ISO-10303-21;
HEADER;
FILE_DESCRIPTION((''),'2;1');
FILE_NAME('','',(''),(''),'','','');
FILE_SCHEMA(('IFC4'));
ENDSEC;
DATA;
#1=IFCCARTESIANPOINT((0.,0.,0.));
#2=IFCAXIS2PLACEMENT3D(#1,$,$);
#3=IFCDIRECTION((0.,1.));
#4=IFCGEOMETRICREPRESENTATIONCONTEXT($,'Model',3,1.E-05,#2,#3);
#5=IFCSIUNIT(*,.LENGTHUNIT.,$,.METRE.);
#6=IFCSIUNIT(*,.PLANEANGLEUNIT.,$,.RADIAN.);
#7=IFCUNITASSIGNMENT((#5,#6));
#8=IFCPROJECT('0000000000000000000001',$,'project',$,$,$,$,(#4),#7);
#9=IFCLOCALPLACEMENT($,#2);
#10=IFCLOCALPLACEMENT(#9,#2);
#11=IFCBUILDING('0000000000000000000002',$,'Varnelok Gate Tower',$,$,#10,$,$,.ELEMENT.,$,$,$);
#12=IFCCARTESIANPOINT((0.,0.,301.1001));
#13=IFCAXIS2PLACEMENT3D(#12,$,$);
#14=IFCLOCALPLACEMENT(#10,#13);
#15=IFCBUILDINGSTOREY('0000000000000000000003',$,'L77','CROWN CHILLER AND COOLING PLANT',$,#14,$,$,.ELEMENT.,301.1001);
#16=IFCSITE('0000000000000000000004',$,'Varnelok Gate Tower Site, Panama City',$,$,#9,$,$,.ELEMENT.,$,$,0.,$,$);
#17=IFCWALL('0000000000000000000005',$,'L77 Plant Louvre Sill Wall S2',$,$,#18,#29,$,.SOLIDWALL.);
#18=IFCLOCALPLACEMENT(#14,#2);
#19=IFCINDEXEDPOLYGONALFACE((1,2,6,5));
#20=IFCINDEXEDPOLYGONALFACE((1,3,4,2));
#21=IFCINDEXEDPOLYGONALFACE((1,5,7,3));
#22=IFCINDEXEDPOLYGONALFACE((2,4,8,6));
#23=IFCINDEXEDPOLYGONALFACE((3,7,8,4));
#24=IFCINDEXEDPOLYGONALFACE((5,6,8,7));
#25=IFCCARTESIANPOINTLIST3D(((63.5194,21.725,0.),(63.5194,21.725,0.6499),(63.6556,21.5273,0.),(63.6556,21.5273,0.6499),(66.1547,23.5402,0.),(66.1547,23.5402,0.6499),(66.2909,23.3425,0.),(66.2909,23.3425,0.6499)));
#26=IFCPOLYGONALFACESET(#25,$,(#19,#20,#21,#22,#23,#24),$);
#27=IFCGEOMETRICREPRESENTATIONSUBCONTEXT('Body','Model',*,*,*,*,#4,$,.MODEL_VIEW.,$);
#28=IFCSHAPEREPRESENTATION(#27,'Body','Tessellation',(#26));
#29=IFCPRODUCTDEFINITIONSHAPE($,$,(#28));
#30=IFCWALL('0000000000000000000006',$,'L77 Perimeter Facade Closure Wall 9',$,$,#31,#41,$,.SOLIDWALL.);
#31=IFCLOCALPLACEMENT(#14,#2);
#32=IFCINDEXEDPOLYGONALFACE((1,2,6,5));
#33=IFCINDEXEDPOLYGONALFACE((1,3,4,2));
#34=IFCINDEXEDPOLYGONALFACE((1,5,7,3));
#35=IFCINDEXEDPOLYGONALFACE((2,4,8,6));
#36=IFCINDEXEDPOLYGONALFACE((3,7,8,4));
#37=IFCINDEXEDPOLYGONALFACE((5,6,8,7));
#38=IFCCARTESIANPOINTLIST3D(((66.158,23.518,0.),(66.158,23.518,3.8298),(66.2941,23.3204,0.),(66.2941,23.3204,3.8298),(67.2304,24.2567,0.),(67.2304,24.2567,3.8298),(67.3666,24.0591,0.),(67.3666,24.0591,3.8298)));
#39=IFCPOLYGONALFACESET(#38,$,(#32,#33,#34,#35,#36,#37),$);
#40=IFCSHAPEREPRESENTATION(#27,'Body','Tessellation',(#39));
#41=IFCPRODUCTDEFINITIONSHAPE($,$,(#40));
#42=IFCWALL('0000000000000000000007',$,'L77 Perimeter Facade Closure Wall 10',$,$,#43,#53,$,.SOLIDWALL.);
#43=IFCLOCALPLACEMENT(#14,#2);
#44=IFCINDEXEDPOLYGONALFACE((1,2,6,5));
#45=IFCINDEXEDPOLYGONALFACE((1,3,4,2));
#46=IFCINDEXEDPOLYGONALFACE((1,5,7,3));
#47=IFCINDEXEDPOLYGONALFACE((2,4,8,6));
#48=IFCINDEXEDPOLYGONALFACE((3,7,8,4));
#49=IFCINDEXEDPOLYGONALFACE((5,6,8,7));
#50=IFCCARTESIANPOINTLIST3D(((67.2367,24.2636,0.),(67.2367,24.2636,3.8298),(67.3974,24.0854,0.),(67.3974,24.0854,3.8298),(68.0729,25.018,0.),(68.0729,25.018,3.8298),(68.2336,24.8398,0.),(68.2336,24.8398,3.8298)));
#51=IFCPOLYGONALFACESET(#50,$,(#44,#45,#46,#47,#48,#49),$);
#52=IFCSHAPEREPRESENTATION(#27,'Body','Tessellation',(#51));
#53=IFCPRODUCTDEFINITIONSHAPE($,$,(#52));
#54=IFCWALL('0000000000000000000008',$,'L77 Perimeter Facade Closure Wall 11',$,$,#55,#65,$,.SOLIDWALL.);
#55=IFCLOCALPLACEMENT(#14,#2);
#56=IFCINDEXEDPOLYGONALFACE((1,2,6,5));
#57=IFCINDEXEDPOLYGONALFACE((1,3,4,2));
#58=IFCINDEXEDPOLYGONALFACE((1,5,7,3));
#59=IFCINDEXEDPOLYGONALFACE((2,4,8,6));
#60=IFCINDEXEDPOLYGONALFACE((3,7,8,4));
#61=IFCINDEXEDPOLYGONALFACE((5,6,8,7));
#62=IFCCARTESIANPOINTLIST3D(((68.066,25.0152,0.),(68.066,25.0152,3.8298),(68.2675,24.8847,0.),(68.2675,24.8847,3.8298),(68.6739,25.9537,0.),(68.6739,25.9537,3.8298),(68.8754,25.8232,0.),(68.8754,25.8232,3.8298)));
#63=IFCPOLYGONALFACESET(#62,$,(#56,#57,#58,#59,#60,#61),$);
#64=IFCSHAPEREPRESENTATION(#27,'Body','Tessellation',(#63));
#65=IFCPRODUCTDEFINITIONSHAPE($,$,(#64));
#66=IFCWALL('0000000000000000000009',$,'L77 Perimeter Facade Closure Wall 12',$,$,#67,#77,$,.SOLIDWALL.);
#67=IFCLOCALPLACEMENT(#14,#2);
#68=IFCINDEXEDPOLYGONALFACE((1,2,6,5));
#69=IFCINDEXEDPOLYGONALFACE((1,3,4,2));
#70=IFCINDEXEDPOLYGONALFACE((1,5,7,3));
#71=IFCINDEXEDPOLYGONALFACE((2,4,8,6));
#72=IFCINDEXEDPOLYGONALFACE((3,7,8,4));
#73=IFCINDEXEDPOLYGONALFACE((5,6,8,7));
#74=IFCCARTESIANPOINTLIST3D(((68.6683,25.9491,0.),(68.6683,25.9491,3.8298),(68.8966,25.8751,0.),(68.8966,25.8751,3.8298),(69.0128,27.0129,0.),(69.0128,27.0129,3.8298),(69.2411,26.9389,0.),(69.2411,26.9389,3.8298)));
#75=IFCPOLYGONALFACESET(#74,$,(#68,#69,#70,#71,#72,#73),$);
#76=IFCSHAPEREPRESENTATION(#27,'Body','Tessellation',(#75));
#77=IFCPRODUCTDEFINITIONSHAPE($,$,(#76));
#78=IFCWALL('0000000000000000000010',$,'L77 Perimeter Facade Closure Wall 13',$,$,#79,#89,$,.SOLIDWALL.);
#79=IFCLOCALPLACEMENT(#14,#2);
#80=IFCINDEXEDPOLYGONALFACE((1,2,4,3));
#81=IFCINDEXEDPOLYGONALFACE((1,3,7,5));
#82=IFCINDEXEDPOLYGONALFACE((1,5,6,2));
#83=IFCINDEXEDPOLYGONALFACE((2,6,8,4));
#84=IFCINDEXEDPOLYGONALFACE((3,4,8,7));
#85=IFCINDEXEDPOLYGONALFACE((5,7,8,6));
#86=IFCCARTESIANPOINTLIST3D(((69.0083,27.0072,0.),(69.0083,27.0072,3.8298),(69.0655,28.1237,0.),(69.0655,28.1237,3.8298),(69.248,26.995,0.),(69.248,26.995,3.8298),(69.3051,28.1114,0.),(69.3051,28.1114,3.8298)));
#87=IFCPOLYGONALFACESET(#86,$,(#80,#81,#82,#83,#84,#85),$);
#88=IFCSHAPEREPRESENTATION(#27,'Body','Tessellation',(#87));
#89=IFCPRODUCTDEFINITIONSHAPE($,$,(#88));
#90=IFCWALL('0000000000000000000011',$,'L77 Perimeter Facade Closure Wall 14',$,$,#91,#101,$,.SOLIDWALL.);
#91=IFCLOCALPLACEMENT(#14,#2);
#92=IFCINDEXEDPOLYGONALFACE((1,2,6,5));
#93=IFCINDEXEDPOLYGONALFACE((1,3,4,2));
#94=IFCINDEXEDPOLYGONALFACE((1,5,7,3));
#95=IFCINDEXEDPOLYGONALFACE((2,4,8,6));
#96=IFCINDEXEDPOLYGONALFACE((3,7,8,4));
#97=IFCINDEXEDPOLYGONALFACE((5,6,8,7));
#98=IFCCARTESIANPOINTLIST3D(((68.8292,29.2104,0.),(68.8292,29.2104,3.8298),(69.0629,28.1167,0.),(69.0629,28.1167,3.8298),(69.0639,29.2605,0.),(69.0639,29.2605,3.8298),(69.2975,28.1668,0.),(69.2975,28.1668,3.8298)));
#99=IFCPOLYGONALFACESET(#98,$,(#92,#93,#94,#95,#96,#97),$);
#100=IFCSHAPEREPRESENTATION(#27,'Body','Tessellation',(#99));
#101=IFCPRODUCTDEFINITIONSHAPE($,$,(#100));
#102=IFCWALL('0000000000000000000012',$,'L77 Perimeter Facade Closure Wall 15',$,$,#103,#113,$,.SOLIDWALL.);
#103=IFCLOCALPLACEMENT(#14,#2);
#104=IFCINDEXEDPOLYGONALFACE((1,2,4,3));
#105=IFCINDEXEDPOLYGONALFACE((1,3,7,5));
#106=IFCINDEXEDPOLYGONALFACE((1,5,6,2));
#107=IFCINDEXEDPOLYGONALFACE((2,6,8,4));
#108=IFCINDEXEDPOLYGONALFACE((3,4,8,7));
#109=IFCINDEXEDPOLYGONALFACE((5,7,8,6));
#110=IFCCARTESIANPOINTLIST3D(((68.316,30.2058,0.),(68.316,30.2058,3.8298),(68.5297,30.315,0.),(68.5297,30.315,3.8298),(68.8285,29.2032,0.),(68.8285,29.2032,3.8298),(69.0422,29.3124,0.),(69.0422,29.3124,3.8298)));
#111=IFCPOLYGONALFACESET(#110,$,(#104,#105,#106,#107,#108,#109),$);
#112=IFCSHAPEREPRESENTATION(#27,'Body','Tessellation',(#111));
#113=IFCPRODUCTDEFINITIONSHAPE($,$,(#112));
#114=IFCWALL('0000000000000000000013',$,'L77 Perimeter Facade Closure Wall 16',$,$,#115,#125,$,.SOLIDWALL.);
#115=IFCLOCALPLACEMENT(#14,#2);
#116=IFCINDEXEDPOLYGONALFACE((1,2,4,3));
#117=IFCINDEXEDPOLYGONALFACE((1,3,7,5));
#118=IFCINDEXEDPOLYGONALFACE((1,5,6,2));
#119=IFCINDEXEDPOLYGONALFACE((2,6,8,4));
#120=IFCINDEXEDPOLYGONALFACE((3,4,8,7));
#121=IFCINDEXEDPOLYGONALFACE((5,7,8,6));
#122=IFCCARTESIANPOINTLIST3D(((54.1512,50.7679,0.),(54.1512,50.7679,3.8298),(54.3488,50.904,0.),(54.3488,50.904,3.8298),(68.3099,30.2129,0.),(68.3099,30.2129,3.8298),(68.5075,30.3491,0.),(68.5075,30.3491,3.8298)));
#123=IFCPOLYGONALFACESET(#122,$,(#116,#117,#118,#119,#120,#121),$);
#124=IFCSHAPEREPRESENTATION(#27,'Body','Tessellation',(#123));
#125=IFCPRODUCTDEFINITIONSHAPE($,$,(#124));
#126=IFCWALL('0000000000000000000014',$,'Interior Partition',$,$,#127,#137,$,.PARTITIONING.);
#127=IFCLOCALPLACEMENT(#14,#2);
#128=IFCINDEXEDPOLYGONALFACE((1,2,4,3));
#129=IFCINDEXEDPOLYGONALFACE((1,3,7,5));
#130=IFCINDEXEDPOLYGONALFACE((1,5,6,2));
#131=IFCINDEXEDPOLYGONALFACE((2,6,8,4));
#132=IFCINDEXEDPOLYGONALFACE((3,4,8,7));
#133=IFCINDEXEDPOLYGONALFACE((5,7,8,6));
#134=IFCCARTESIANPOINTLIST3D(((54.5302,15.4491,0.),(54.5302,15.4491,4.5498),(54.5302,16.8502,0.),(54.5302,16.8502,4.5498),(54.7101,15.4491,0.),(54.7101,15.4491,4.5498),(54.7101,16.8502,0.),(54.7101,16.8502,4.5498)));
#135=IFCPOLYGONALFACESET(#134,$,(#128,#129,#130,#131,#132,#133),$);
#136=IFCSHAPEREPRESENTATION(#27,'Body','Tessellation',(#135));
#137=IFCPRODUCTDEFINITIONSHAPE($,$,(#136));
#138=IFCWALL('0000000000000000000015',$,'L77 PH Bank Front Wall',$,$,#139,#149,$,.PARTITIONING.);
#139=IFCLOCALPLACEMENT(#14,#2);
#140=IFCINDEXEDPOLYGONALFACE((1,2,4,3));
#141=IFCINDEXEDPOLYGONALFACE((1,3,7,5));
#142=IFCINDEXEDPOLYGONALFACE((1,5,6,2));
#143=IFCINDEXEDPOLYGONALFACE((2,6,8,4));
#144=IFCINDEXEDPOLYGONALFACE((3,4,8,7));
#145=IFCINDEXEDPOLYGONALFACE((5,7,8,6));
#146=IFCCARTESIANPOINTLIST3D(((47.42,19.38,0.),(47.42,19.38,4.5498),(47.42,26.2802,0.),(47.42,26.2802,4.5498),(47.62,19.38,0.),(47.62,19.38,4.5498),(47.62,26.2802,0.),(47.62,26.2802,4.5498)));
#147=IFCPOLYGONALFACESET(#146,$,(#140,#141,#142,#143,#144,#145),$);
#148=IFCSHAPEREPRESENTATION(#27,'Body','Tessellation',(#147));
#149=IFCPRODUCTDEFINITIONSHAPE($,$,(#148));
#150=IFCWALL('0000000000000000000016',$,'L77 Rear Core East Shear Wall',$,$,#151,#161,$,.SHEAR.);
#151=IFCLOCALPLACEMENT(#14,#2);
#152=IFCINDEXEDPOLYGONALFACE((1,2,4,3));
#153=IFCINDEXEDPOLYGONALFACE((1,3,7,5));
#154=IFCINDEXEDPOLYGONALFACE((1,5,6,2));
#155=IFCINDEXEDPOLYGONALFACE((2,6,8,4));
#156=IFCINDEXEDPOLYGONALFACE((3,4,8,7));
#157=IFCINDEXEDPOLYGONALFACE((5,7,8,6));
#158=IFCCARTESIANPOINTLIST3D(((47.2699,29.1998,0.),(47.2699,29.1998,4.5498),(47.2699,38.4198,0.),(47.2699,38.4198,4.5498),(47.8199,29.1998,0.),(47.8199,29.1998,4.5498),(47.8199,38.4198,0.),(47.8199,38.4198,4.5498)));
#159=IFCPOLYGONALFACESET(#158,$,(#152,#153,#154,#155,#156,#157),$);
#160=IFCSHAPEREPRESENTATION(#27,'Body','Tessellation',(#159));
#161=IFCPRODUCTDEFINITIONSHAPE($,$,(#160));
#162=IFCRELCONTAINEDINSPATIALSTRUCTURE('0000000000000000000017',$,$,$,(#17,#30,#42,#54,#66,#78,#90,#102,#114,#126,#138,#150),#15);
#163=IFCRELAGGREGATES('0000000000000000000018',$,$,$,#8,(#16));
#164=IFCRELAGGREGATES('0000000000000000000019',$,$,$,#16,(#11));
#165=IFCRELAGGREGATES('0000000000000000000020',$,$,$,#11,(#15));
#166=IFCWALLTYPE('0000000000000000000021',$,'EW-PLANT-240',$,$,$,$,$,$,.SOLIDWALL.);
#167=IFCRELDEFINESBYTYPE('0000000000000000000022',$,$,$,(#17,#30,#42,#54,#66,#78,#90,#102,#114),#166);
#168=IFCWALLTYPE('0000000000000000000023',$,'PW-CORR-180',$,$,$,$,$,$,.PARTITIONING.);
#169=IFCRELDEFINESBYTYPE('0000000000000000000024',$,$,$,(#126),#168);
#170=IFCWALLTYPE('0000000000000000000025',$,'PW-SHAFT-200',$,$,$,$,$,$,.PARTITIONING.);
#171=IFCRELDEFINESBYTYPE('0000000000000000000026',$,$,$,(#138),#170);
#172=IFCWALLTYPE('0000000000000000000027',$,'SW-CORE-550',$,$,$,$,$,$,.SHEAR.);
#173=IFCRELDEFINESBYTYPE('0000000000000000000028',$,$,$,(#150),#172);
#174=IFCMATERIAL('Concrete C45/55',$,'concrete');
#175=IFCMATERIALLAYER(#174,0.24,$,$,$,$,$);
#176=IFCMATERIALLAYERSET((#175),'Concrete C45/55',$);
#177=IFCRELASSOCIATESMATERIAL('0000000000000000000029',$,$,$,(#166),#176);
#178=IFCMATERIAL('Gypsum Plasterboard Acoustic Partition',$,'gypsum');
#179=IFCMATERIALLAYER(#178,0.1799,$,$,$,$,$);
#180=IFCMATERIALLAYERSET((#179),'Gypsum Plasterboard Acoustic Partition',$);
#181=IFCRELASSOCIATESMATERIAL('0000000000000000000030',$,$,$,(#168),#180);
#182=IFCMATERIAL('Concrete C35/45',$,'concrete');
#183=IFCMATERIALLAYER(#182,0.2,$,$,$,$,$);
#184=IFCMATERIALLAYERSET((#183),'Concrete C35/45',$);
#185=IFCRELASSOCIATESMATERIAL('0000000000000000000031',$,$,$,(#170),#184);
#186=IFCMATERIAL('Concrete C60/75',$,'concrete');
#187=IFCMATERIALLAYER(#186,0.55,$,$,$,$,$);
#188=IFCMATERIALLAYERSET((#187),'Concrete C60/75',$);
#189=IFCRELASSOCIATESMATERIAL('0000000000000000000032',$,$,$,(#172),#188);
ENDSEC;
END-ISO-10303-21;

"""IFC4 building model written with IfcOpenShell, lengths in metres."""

from ifc_helpers import new_model, si_unit, direction, frame, frame_2d, origin, place, context, subcontext, project, spatial, rectangle, extrude, material, layer, layer_set, type_object, element, save


model = new_model("IFC4")

# Units and contexts
model_context = context("Model", 3, precision=1e-05, world=origin(), true_north=direction((0.0, 1.0)))
body_context = subcontext(model_context, "Body", "Model", "MODEL_VIEW")
ifc_project = project(units=[si_unit("LENGTHUNIT", "METRE"), si_unit("PLANEANGLEUNIT", "RADIAN")], contexts=[model_context])

# Site, building, storey
site_placement = place(None, origin())
site = spatial("IfcSite", under=ifc_project, at=site_placement, Name="Varnelok Gate Tower Site, Panama City", CompositionType="ELEMENT", RefElevation=0.0)
building_placement = place(site_placement, origin())
building = spatial("IfcBuilding", under=site, at=building_placement, Name="Varnelok Gate Tower", CompositionType="ELEMENT")
storey_placement = place(building_placement, frame((0.0, 0.0, 301.1001)))
storey = spatial("IfcBuildingStorey", under=building, at=storey_placement, Name="L77", Description="CROWN CHILLER AND COOLING PLANT", CompositionType="ELEMENT", Elevation=301.1001)

# Walls
ifc_material_1 = material(Name="Concrete C45/55", Category="concrete")
ifc_layer_1 = layer(ifc_material_1, 0.24)
ifc_layer_set_1 = layer_set([ifc_layer_1], Name="Concrete C45/55")
wall_type_1 = type_object("IfcWallType", Name="EW-PLANT-240", PredefinedType="SOLIDWALL", material=ifc_layer_set_1)
wall_1_placement = place(storey_placement, frame((66.2229, 23.4414, 0.0), z_axis=(0.0, 0.0, 1.0), x_axis=(-0.823538, -0.56726, 0.0)))
element("IfcWall", 1, at=wall_1_placement, inside=storey, type_object=wall_type_1, Name="L77 Plant Louvre Sill Wall S2", PredefinedType="SOLIDWALL", context=body_context, shape_type="SweptSolid", body=[
    extrude(rectangle(XDim=3.2, YDim=0.24, at=frame_2d((1.6001, 0.0))), origin(), (0.0, 0.0, 1.0), 0.6499),
])
wall_2_placement = place(storey_placement, frame((66.2261, 23.4192, 0.0), z_axis=(0.0, 0.0, 1.0), x_axis=(0.823533, 0.567269, 0.0)))
element("IfcWall", 2, at=wall_2_placement, inside=storey, type_object=wall_type_1, Name="L77 Perimeter Facade Closure Wall 9", PredefinedType="SOLIDWALL", context=body_context, shape_type="SweptSolid", body=[
    extrude(rectangle(XDim=1.3022, YDim=0.24, at=frame_2d((0.6511, 0.0))), origin(), (0.0, 0.0, 1.0), 3.8298),
])
wall_3_placement = place(storey_placement, frame((67.3171, 24.1746, 0.0), z_axis=(0.0, 0.0, 1.0), x_axis=(0.742485, 0.669863, 0.0)))
element("IfcWall", 3, at=wall_3_placement, inside=storey, type_object=wall_type_1, Name="L77 Perimeter Facade Closure Wall 10", PredefinedType="SOLIDWALL", context=body_context, shape_type="SweptSolid", body=[
    extrude(rectangle(XDim=1.1262, YDim=0.24, at=frame_2d((0.563, 0.0))), origin(), (0.0, 0.0, 1.0), 3.8298),
])
for number, where, z_axis, x_axis, name in (
    (4, (68.1667, 24.95, 0.0), (0.0, 0.0, 1.0), (0.543668, 0.839301, 0.0), "L77 Perimeter Facade Closure Wall 11"),
    (5, (68.7825, 25.9121, 0.0), (0.0, 0.0, 1.0), (0.308094, 0.951356, 0.0), "L77 Perimeter Facade Closure Wall 12"),
):
    element("IfcWall", number, at=place(storey_placement, frame(where, z_axis=z_axis, x_axis=x_axis)), inside=storey, type_object=wall_type_1, Name=name, PredefinedType="SOLIDWALL", context=body_context, shape_type="SweptSolid", body=[
        extrude(rectangle(XDim=1.1182, YDim=0.24, at=frame_2d((0.5591, 0.0))), origin(), (0.0, 0.0, 1.0), 3.8298),
    ])
wall_4_placement = place(storey_placement, frame((69.1282, 27.001, 0.0), z_axis=(0.0, 0.0, 1.0), x_axis=(0.051103, 0.998693, 0.0)))
element("IfcWall", 6, at=wall_4_placement, inside=storey, type_object=wall_type_1, Name="L77 Perimeter Facade Closure Wall 13", PredefinedType="SOLIDWALL", context=body_context, shape_type="SweptSolid", body=[
    extrude(rectangle(XDim=1.1179, YDim=0.24, at=frame_2d((0.5591, 0.0))), origin(), (0.0, 0.0, 1.0), 3.8298),
])
wall_5_placement = place(storey_placement, frame((69.1802, 28.1418, 0.0), z_axis=(0.0, 0.0, 1.0), x_axis=(-0.208903, 0.977936, 0.0)))
element("IfcWall", 7, at=wall_5_placement, inside=storey, type_object=wall_type_1, Name="L77 Perimeter Facade Closure Wall 14", PredefinedType="SOLIDWALL", context=body_context, shape_type="SweptSolid", body=[
    extrude(rectangle(XDim=1.1184, YDim=0.24, at=frame_2d((0.5591, 0.0))), origin(), (0.0, 0.0, 1.0), 3.8298),
])
wall_6_placement = place(storey_placement, frame((68.9353, 29.2578, 0.0), z_axis=(0.0, 0.0, 1.0), x_axis=(-0.455088, 0.890446, 0.0)))
element("IfcWall", 8, at=wall_6_placement, inside=storey, type_object=wall_type_1, Name="L77 Perimeter Facade Closure Wall 15", PredefinedType="SOLIDWALL", context=body_context, shape_type="SweptSolid", body=[
    extrude(rectangle(XDim=1.126, YDim=0.24, at=frame_2d((0.563, 0.0))), origin(), (0.0, 0.0, 1.0), 3.8298),
])
wall_7_placement = place(storey_placement, frame((68.4087, 30.281, 0.0), z_axis=(0.0, 0.0, 1.0), x_axis=(-0.567268, 0.823533, 0.0)))
element("IfcWall", 9, at=wall_7_placement, inside=storey, type_object=wall_type_1, Name="L77 Perimeter Facade Closure Wall 16", PredefinedType="SOLIDWALL", context=body_context, shape_type="SweptSolid", body=[
    extrude(rectangle(XDim=24.9595, YDim=0.24, at=frame_2d((12.4797, 0.0))), origin(), (0.0, 0.0, 1.0), 3.8298),
])
ifc_material_2 = material(Name="Gypsum Plasterboard Acoustic Partition", Category="gypsum")
ifc_layer_2 = layer(ifc_material_2, 0.1799)
ifc_layer_set_2 = layer_set([ifc_layer_2], Name="Gypsum Plasterboard Acoustic Partition")
wall_type_2 = type_object("IfcWallType", Name="PW-CORR-180", PredefinedType="PARTITIONING", material=ifc_layer_set_2)
wall_8_placement = place(storey_placement, frame((54.6201, 15.449, 0.0), z_axis=(0.0, 0.0, 1.0), x_axis=(0.0, 1.0, 0.0)))
element("IfcWall", 10, at=wall_8_placement, inside=storey, type_object=wall_type_2, Name="Interior Partition", PredefinedType="PARTITIONING", context=body_context, shape_type="SweptSolid", body=[
    extrude(rectangle(XDim=1.4011, YDim=0.1799, at=frame_2d((0.7007, 0.0))), origin(), (0.0, 0.0, 1.0), 4.5498),
])
ifc_material_3 = material(Name="Concrete C35/45", Category="concrete")
ifc_layer_3 = layer(ifc_material_3, 0.2)
ifc_layer_set_3 = layer_set([ifc_layer_3], Name="Concrete C35/45")
wall_type_3 = type_object("IfcWallType", Name="PW-SHAFT-200", PredefinedType="PARTITIONING", material=ifc_layer_set_3)
wall_9_placement = place(storey_placement, frame((47.52, 19.3799, 0.0), z_axis=(0.0, 0.0, 1.0), x_axis=(0.0, 1.0, 0.0)))
element("IfcWall", 11, at=wall_9_placement, inside=storey, type_object=wall_type_3, Name="L77 PH Bank Front Wall", PredefinedType="PARTITIONING", context=body_context, shape_type="SweptSolid", body=[
    extrude(rectangle(XDim=6.9001, YDim=0.2, at=frame_2d((3.4502, 0.0))), origin(), (0.0, 0.0, 1.0), 4.5498),
])
ifc_material_4 = material(Name="Concrete C60/75", Category="concrete")
ifc_layer_4 = layer(ifc_material_4, 0.55)
ifc_layer_set_4 = layer_set([ifc_layer_4], Name="Concrete C60/75")
wall_type_4 = type_object("IfcWallType", Name="SW-CORE-550", PredefinedType="SHEAR", material=ifc_layer_set_4)
wall_10_placement = place(storey_placement, frame((47.5449, 29.2, 0.0), z_axis=(0.0, 0.0, 1.0), x_axis=(0.0, 1.0, 0.0)))
element("IfcWall", 12, at=wall_10_placement, inside=storey, type_object=wall_type_4, Name="L77 Rear Core East Shear Wall", PredefinedType="SHEAR", context=body_context, shape_type="SweptSolid", body=[
    extrude(rectangle(XDim=9.22, YDim=0.55, at=frame_2d((4.6099, 0.0))), origin(), (0.0, 0.0, 1.0), 4.5498),
])

save(model, "model.ifc")
